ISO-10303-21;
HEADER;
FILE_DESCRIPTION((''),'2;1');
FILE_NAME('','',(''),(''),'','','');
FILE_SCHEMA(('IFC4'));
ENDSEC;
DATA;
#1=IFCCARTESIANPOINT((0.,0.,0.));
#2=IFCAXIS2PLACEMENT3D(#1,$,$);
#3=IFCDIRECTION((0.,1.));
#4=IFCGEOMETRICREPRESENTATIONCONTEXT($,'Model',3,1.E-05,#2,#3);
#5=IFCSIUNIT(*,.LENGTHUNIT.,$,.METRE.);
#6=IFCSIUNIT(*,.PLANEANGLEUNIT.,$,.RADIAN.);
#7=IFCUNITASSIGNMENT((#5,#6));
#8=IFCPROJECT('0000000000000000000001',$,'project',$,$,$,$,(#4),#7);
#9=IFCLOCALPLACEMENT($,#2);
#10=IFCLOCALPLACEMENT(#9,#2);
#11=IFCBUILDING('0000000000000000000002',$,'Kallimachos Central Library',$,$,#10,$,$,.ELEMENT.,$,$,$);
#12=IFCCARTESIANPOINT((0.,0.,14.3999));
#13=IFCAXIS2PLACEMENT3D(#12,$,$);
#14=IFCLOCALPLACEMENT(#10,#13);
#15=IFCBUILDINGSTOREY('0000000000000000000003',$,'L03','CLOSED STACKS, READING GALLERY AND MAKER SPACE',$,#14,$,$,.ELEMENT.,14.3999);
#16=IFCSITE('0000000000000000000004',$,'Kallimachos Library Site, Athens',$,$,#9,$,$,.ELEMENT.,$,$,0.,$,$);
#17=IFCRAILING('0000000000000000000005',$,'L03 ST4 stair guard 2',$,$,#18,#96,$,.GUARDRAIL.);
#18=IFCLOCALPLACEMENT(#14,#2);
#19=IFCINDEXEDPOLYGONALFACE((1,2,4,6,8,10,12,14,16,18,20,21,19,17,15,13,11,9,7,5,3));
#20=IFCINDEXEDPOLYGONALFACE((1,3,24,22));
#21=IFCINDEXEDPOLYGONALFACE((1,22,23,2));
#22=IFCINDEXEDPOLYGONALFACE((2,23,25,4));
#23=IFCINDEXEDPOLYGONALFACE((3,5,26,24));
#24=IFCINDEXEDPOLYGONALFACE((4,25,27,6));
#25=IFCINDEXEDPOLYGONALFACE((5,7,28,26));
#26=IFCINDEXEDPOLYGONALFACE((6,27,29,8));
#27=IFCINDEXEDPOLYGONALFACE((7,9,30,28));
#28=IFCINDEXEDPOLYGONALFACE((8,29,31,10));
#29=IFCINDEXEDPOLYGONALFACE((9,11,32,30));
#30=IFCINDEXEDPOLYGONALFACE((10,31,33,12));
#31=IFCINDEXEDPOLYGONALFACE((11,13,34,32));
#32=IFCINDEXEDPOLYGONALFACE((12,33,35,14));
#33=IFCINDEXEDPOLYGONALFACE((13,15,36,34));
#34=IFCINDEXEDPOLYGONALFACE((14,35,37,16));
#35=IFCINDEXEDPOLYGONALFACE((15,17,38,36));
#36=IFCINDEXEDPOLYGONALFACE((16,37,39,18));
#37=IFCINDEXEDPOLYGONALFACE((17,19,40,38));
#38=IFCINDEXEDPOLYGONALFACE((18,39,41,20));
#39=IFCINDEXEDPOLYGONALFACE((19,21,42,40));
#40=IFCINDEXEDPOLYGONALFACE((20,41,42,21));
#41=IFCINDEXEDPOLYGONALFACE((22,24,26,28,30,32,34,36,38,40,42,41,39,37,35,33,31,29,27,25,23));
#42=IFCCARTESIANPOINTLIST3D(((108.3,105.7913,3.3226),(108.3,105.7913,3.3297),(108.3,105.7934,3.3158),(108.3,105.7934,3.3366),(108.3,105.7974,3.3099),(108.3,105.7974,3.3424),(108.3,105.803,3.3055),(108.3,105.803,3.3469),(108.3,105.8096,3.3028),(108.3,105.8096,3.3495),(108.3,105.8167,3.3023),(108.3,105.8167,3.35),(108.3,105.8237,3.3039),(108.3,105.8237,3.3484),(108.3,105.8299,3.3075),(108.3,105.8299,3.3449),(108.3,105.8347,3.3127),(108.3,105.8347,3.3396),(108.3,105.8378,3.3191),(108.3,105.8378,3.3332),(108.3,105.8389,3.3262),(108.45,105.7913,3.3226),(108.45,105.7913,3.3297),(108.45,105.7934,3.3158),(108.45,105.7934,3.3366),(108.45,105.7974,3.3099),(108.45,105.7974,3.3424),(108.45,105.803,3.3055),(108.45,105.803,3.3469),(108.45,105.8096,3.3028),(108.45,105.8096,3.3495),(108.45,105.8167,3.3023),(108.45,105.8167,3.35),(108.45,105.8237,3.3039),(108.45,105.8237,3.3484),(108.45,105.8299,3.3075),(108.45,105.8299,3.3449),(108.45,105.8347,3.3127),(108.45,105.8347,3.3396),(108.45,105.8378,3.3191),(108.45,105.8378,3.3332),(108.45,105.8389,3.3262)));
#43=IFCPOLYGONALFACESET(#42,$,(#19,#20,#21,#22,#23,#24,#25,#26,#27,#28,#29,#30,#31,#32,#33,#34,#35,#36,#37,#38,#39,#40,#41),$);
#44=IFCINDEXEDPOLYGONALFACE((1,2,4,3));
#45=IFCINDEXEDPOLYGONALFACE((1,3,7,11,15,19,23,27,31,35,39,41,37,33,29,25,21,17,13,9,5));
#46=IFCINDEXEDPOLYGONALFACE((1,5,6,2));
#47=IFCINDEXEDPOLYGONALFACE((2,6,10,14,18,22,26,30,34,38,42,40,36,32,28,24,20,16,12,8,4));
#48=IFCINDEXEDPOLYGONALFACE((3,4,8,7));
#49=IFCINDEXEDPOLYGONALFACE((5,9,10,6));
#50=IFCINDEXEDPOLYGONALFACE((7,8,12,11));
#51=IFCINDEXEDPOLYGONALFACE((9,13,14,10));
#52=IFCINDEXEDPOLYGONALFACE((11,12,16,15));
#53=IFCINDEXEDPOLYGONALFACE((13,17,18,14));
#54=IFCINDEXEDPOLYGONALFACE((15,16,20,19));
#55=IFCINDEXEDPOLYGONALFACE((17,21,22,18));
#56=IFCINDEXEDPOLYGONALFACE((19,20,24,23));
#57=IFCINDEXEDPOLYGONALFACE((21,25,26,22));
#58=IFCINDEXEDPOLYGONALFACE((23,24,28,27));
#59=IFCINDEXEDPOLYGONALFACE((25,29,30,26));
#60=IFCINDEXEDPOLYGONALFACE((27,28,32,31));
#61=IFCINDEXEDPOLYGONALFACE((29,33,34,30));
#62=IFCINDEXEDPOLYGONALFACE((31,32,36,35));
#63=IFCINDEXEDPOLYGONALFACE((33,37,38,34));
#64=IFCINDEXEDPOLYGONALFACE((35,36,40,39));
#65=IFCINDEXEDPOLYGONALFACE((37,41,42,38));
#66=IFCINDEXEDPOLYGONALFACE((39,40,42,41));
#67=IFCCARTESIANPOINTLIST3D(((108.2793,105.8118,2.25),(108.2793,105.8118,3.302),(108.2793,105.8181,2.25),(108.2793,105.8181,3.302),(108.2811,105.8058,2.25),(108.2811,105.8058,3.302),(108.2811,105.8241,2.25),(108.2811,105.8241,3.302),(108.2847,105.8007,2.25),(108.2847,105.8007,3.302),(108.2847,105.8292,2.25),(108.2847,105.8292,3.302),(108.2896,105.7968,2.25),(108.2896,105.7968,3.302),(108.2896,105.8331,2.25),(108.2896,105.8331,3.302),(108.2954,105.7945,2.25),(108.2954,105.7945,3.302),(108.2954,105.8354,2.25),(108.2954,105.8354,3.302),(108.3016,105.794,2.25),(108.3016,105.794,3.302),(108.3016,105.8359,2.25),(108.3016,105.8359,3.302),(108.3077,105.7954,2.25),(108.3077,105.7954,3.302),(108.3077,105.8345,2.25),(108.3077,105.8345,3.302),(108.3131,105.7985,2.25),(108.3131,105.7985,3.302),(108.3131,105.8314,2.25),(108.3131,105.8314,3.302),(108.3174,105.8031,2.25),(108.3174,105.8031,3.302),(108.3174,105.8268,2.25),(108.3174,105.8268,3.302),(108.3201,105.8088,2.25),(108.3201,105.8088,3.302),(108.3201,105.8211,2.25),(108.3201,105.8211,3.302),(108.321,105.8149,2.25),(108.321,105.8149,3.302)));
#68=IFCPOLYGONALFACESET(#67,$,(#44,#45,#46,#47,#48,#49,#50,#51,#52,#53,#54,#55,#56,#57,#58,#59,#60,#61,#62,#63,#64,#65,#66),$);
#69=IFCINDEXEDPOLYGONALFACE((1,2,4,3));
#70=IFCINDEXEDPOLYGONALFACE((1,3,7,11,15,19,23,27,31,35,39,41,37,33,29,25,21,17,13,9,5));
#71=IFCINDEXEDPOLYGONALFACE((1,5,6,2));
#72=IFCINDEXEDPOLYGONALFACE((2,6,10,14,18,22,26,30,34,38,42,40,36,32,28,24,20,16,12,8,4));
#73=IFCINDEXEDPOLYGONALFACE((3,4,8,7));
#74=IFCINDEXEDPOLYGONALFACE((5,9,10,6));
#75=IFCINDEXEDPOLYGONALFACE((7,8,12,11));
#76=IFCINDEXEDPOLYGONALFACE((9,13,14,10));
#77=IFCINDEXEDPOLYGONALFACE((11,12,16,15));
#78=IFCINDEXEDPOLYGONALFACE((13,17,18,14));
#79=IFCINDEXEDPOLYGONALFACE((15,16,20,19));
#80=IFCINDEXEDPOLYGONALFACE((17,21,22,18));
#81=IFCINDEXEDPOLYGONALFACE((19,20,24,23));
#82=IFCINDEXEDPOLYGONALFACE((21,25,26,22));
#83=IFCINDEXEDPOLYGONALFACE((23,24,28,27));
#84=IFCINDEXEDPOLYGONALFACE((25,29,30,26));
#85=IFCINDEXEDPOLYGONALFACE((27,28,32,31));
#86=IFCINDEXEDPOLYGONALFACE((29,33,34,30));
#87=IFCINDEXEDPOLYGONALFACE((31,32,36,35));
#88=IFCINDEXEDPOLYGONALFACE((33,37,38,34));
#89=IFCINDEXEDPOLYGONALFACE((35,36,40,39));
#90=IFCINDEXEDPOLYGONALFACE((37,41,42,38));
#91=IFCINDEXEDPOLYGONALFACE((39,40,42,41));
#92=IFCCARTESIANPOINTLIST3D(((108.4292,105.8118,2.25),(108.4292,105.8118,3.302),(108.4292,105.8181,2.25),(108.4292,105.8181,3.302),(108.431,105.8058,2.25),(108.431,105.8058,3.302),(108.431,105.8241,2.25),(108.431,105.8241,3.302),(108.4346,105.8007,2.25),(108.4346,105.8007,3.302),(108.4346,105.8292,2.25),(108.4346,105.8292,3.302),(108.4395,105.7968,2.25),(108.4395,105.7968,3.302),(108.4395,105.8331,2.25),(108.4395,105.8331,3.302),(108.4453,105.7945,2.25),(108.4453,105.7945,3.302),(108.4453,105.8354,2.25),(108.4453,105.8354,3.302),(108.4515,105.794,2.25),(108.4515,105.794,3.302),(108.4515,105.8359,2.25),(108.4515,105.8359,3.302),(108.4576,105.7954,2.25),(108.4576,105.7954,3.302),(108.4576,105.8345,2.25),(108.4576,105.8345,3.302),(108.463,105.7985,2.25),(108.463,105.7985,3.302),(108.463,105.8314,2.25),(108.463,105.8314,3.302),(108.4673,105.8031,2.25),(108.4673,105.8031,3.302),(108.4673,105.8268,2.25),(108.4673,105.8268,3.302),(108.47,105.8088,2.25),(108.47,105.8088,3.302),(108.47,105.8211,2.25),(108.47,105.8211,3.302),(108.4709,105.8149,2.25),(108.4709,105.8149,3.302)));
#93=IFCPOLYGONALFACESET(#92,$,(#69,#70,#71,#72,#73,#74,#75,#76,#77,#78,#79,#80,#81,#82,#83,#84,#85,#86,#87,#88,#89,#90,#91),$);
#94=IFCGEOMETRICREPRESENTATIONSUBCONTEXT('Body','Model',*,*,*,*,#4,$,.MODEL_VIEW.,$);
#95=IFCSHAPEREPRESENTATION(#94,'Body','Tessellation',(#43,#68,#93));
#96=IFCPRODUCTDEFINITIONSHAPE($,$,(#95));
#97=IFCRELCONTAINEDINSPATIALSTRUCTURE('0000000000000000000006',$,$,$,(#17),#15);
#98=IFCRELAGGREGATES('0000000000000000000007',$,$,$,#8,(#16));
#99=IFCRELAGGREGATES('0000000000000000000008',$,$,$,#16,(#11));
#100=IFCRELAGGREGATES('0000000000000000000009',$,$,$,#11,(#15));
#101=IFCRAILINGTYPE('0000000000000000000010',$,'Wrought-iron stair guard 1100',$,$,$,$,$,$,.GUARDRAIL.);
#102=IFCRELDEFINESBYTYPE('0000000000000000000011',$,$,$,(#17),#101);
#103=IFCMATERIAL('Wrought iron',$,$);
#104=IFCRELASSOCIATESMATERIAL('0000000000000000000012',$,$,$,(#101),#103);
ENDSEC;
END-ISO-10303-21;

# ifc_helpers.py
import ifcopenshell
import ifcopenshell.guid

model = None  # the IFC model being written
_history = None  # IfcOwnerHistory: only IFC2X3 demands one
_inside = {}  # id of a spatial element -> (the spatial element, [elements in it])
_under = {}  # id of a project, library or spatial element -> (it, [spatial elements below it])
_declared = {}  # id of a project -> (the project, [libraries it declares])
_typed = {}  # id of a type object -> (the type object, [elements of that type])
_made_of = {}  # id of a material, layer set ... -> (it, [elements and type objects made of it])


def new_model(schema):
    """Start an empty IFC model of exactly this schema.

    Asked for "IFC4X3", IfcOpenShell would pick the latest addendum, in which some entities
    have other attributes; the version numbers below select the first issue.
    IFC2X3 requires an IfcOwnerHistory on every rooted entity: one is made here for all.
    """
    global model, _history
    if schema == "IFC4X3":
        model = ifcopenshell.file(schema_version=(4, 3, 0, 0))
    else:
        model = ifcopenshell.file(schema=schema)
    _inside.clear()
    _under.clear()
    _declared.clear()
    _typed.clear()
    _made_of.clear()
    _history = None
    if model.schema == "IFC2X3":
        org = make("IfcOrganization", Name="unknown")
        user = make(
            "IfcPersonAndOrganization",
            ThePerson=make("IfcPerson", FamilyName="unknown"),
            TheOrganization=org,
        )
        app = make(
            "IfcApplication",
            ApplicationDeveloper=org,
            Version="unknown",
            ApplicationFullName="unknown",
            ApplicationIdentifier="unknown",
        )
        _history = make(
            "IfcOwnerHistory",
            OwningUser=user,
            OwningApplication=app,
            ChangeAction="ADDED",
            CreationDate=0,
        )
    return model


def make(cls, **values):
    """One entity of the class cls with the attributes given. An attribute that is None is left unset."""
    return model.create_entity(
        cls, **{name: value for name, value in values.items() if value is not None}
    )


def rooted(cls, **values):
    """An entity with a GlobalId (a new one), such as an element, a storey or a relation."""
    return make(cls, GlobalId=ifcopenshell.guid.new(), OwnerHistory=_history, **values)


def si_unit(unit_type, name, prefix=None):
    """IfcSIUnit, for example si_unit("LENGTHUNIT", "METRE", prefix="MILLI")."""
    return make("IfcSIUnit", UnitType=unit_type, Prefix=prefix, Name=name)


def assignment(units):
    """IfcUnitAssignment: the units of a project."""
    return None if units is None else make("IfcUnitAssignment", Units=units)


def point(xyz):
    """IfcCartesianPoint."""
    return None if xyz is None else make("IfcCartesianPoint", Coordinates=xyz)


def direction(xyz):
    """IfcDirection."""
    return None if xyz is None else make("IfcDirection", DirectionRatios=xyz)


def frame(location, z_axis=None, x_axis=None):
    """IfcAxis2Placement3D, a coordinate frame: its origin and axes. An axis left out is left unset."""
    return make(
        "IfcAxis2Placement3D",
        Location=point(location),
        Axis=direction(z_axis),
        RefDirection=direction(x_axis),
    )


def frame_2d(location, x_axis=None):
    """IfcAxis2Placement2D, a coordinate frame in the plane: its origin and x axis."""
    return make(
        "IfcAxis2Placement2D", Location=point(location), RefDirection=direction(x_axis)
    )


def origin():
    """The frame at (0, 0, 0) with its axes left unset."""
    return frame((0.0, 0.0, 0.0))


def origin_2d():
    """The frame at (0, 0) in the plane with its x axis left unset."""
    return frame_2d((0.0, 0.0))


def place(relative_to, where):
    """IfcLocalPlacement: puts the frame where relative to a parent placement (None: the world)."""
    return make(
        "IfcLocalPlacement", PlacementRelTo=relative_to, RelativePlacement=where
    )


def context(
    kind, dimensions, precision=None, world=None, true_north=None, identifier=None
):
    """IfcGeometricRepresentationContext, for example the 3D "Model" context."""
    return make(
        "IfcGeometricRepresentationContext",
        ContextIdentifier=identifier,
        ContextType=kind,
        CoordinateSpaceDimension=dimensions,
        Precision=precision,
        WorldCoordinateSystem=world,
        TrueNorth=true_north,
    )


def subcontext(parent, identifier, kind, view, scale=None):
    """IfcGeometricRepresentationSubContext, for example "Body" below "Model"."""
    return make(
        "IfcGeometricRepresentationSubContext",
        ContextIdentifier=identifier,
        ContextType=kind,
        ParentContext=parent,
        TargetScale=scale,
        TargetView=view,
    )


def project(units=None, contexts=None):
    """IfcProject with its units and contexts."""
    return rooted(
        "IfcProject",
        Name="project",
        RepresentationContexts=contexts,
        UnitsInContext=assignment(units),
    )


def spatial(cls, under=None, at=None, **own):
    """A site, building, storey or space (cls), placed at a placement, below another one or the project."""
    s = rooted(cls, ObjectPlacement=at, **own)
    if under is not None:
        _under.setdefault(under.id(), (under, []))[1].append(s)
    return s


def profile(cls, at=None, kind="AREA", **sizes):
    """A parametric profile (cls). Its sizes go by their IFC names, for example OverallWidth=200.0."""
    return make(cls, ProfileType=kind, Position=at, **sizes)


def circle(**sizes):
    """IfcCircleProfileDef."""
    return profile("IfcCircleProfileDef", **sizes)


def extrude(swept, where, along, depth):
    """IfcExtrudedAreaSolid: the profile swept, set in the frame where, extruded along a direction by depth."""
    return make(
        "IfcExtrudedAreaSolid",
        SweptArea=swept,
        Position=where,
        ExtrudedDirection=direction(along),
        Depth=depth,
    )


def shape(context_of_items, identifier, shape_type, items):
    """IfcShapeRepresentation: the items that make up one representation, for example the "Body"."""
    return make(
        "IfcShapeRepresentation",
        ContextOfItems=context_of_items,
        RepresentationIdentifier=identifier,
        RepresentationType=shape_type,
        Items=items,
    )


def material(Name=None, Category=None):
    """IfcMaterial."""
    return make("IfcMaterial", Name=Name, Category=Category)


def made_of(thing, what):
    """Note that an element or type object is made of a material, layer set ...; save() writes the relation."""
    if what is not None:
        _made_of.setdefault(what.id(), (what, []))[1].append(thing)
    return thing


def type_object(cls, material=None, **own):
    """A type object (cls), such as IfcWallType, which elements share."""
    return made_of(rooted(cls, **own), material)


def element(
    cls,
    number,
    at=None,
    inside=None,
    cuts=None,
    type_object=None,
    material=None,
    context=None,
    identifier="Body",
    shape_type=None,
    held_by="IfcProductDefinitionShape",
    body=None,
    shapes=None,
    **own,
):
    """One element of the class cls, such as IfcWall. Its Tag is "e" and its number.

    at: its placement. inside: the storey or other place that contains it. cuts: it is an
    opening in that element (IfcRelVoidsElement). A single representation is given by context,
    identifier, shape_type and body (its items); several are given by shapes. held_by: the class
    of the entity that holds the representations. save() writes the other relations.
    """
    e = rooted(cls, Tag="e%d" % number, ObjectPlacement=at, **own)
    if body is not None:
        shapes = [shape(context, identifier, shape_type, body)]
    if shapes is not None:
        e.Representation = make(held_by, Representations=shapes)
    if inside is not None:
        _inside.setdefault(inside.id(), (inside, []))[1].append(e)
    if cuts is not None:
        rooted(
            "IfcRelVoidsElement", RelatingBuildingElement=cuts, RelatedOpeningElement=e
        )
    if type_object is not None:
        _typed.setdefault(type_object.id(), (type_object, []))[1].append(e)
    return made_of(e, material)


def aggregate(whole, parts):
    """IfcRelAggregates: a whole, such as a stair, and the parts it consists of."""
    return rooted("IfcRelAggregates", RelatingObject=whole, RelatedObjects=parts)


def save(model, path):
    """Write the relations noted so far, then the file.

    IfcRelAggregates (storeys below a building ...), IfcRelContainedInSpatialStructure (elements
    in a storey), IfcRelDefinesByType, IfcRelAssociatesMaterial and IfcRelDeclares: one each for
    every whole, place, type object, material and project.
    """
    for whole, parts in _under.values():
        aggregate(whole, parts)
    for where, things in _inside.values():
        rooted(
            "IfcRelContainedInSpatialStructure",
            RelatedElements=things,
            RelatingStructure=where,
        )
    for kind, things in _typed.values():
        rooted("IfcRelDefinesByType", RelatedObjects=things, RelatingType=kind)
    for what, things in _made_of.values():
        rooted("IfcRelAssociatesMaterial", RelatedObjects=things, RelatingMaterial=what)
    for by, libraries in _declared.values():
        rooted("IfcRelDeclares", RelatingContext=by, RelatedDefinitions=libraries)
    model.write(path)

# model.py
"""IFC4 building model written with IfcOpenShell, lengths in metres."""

from ifc_helpers import new_model, si_unit, direction, frame, origin, origin_2d, place, context, subcontext, project, spatial, circle, extrude, material, type_object, element, save


model = new_model("IFC4")

# Units and contexts
model_context = context("Model", 3, precision=1e-05, world=origin(), true_north=direction((0.0, 1.0)))
body_context = subcontext(model_context, "Body", "Model", "MODEL_VIEW")
ifc_project = project(units=[si_unit("LENGTHUNIT", "METRE"), si_unit("PLANEANGLEUNIT", "RADIAN")], contexts=[model_context])

# Site, building, storey
site_placement = place(None, origin())
site = spatial("IfcSite", under=ifc_project, at=site_placement, Name="Kallimachos Library Site, Athens", CompositionType="ELEMENT", RefElevation=0.0)
building_placement = place(site_placement, origin())
building = spatial("IfcBuilding", under=site, at=building_placement, Name="Kallimachos Central Library", CompositionType="ELEMENT")
storey_placement = place(building_placement, frame((0.0, 0.0, 14.3999)))
storey = spatial("IfcBuildingStorey", under=building, at=storey_placement, Name="L03", Description="CLOSED STACKS, READING GALLERY AND MAKER SPACE", CompositionType="ELEMENT", Elevation=14.3999)

# Railing
ifc_material_1 = material(Name="Wrought iron")
railing_type_1 = type_object("IfcRailingType", Name="Wrought-iron stair guard 1100", PredefinedType="GUARDRAIL", material=ifc_material_1)
railing_1_placement = place(storey_placement, frame((108.3, 105.8149, 2.25)))
element("IfcRailing", 1, at=railing_1_placement, inside=storey, type_object=railing_type_1, Name="L03 ST4 stair guard 2", PredefinedType="GUARDRAIL", context=body_context, shape_type="SweptSolid", body=[
    extrude(circle(Radius=0.0239, at=origin_2d()), frame((0.0, 0.0, 1.0762), z_axis=(1.0, 0.0, 0.0), x_axis=(0.0, 1.0, 0.0)), (0.0, 0.0, 1.0), 0.1499),
    extrude(circle(Radius=0.021, at=origin_2d()), origin(), (0.0, 0.0, 1.0), 1.052),
    extrude(circle(Radius=0.021, at=origin_2d()), frame((0.1499, 0.0, 0.0)), (0.0, 0.0, 1.0), 1.052),
])

save(model, "model.ifc")
